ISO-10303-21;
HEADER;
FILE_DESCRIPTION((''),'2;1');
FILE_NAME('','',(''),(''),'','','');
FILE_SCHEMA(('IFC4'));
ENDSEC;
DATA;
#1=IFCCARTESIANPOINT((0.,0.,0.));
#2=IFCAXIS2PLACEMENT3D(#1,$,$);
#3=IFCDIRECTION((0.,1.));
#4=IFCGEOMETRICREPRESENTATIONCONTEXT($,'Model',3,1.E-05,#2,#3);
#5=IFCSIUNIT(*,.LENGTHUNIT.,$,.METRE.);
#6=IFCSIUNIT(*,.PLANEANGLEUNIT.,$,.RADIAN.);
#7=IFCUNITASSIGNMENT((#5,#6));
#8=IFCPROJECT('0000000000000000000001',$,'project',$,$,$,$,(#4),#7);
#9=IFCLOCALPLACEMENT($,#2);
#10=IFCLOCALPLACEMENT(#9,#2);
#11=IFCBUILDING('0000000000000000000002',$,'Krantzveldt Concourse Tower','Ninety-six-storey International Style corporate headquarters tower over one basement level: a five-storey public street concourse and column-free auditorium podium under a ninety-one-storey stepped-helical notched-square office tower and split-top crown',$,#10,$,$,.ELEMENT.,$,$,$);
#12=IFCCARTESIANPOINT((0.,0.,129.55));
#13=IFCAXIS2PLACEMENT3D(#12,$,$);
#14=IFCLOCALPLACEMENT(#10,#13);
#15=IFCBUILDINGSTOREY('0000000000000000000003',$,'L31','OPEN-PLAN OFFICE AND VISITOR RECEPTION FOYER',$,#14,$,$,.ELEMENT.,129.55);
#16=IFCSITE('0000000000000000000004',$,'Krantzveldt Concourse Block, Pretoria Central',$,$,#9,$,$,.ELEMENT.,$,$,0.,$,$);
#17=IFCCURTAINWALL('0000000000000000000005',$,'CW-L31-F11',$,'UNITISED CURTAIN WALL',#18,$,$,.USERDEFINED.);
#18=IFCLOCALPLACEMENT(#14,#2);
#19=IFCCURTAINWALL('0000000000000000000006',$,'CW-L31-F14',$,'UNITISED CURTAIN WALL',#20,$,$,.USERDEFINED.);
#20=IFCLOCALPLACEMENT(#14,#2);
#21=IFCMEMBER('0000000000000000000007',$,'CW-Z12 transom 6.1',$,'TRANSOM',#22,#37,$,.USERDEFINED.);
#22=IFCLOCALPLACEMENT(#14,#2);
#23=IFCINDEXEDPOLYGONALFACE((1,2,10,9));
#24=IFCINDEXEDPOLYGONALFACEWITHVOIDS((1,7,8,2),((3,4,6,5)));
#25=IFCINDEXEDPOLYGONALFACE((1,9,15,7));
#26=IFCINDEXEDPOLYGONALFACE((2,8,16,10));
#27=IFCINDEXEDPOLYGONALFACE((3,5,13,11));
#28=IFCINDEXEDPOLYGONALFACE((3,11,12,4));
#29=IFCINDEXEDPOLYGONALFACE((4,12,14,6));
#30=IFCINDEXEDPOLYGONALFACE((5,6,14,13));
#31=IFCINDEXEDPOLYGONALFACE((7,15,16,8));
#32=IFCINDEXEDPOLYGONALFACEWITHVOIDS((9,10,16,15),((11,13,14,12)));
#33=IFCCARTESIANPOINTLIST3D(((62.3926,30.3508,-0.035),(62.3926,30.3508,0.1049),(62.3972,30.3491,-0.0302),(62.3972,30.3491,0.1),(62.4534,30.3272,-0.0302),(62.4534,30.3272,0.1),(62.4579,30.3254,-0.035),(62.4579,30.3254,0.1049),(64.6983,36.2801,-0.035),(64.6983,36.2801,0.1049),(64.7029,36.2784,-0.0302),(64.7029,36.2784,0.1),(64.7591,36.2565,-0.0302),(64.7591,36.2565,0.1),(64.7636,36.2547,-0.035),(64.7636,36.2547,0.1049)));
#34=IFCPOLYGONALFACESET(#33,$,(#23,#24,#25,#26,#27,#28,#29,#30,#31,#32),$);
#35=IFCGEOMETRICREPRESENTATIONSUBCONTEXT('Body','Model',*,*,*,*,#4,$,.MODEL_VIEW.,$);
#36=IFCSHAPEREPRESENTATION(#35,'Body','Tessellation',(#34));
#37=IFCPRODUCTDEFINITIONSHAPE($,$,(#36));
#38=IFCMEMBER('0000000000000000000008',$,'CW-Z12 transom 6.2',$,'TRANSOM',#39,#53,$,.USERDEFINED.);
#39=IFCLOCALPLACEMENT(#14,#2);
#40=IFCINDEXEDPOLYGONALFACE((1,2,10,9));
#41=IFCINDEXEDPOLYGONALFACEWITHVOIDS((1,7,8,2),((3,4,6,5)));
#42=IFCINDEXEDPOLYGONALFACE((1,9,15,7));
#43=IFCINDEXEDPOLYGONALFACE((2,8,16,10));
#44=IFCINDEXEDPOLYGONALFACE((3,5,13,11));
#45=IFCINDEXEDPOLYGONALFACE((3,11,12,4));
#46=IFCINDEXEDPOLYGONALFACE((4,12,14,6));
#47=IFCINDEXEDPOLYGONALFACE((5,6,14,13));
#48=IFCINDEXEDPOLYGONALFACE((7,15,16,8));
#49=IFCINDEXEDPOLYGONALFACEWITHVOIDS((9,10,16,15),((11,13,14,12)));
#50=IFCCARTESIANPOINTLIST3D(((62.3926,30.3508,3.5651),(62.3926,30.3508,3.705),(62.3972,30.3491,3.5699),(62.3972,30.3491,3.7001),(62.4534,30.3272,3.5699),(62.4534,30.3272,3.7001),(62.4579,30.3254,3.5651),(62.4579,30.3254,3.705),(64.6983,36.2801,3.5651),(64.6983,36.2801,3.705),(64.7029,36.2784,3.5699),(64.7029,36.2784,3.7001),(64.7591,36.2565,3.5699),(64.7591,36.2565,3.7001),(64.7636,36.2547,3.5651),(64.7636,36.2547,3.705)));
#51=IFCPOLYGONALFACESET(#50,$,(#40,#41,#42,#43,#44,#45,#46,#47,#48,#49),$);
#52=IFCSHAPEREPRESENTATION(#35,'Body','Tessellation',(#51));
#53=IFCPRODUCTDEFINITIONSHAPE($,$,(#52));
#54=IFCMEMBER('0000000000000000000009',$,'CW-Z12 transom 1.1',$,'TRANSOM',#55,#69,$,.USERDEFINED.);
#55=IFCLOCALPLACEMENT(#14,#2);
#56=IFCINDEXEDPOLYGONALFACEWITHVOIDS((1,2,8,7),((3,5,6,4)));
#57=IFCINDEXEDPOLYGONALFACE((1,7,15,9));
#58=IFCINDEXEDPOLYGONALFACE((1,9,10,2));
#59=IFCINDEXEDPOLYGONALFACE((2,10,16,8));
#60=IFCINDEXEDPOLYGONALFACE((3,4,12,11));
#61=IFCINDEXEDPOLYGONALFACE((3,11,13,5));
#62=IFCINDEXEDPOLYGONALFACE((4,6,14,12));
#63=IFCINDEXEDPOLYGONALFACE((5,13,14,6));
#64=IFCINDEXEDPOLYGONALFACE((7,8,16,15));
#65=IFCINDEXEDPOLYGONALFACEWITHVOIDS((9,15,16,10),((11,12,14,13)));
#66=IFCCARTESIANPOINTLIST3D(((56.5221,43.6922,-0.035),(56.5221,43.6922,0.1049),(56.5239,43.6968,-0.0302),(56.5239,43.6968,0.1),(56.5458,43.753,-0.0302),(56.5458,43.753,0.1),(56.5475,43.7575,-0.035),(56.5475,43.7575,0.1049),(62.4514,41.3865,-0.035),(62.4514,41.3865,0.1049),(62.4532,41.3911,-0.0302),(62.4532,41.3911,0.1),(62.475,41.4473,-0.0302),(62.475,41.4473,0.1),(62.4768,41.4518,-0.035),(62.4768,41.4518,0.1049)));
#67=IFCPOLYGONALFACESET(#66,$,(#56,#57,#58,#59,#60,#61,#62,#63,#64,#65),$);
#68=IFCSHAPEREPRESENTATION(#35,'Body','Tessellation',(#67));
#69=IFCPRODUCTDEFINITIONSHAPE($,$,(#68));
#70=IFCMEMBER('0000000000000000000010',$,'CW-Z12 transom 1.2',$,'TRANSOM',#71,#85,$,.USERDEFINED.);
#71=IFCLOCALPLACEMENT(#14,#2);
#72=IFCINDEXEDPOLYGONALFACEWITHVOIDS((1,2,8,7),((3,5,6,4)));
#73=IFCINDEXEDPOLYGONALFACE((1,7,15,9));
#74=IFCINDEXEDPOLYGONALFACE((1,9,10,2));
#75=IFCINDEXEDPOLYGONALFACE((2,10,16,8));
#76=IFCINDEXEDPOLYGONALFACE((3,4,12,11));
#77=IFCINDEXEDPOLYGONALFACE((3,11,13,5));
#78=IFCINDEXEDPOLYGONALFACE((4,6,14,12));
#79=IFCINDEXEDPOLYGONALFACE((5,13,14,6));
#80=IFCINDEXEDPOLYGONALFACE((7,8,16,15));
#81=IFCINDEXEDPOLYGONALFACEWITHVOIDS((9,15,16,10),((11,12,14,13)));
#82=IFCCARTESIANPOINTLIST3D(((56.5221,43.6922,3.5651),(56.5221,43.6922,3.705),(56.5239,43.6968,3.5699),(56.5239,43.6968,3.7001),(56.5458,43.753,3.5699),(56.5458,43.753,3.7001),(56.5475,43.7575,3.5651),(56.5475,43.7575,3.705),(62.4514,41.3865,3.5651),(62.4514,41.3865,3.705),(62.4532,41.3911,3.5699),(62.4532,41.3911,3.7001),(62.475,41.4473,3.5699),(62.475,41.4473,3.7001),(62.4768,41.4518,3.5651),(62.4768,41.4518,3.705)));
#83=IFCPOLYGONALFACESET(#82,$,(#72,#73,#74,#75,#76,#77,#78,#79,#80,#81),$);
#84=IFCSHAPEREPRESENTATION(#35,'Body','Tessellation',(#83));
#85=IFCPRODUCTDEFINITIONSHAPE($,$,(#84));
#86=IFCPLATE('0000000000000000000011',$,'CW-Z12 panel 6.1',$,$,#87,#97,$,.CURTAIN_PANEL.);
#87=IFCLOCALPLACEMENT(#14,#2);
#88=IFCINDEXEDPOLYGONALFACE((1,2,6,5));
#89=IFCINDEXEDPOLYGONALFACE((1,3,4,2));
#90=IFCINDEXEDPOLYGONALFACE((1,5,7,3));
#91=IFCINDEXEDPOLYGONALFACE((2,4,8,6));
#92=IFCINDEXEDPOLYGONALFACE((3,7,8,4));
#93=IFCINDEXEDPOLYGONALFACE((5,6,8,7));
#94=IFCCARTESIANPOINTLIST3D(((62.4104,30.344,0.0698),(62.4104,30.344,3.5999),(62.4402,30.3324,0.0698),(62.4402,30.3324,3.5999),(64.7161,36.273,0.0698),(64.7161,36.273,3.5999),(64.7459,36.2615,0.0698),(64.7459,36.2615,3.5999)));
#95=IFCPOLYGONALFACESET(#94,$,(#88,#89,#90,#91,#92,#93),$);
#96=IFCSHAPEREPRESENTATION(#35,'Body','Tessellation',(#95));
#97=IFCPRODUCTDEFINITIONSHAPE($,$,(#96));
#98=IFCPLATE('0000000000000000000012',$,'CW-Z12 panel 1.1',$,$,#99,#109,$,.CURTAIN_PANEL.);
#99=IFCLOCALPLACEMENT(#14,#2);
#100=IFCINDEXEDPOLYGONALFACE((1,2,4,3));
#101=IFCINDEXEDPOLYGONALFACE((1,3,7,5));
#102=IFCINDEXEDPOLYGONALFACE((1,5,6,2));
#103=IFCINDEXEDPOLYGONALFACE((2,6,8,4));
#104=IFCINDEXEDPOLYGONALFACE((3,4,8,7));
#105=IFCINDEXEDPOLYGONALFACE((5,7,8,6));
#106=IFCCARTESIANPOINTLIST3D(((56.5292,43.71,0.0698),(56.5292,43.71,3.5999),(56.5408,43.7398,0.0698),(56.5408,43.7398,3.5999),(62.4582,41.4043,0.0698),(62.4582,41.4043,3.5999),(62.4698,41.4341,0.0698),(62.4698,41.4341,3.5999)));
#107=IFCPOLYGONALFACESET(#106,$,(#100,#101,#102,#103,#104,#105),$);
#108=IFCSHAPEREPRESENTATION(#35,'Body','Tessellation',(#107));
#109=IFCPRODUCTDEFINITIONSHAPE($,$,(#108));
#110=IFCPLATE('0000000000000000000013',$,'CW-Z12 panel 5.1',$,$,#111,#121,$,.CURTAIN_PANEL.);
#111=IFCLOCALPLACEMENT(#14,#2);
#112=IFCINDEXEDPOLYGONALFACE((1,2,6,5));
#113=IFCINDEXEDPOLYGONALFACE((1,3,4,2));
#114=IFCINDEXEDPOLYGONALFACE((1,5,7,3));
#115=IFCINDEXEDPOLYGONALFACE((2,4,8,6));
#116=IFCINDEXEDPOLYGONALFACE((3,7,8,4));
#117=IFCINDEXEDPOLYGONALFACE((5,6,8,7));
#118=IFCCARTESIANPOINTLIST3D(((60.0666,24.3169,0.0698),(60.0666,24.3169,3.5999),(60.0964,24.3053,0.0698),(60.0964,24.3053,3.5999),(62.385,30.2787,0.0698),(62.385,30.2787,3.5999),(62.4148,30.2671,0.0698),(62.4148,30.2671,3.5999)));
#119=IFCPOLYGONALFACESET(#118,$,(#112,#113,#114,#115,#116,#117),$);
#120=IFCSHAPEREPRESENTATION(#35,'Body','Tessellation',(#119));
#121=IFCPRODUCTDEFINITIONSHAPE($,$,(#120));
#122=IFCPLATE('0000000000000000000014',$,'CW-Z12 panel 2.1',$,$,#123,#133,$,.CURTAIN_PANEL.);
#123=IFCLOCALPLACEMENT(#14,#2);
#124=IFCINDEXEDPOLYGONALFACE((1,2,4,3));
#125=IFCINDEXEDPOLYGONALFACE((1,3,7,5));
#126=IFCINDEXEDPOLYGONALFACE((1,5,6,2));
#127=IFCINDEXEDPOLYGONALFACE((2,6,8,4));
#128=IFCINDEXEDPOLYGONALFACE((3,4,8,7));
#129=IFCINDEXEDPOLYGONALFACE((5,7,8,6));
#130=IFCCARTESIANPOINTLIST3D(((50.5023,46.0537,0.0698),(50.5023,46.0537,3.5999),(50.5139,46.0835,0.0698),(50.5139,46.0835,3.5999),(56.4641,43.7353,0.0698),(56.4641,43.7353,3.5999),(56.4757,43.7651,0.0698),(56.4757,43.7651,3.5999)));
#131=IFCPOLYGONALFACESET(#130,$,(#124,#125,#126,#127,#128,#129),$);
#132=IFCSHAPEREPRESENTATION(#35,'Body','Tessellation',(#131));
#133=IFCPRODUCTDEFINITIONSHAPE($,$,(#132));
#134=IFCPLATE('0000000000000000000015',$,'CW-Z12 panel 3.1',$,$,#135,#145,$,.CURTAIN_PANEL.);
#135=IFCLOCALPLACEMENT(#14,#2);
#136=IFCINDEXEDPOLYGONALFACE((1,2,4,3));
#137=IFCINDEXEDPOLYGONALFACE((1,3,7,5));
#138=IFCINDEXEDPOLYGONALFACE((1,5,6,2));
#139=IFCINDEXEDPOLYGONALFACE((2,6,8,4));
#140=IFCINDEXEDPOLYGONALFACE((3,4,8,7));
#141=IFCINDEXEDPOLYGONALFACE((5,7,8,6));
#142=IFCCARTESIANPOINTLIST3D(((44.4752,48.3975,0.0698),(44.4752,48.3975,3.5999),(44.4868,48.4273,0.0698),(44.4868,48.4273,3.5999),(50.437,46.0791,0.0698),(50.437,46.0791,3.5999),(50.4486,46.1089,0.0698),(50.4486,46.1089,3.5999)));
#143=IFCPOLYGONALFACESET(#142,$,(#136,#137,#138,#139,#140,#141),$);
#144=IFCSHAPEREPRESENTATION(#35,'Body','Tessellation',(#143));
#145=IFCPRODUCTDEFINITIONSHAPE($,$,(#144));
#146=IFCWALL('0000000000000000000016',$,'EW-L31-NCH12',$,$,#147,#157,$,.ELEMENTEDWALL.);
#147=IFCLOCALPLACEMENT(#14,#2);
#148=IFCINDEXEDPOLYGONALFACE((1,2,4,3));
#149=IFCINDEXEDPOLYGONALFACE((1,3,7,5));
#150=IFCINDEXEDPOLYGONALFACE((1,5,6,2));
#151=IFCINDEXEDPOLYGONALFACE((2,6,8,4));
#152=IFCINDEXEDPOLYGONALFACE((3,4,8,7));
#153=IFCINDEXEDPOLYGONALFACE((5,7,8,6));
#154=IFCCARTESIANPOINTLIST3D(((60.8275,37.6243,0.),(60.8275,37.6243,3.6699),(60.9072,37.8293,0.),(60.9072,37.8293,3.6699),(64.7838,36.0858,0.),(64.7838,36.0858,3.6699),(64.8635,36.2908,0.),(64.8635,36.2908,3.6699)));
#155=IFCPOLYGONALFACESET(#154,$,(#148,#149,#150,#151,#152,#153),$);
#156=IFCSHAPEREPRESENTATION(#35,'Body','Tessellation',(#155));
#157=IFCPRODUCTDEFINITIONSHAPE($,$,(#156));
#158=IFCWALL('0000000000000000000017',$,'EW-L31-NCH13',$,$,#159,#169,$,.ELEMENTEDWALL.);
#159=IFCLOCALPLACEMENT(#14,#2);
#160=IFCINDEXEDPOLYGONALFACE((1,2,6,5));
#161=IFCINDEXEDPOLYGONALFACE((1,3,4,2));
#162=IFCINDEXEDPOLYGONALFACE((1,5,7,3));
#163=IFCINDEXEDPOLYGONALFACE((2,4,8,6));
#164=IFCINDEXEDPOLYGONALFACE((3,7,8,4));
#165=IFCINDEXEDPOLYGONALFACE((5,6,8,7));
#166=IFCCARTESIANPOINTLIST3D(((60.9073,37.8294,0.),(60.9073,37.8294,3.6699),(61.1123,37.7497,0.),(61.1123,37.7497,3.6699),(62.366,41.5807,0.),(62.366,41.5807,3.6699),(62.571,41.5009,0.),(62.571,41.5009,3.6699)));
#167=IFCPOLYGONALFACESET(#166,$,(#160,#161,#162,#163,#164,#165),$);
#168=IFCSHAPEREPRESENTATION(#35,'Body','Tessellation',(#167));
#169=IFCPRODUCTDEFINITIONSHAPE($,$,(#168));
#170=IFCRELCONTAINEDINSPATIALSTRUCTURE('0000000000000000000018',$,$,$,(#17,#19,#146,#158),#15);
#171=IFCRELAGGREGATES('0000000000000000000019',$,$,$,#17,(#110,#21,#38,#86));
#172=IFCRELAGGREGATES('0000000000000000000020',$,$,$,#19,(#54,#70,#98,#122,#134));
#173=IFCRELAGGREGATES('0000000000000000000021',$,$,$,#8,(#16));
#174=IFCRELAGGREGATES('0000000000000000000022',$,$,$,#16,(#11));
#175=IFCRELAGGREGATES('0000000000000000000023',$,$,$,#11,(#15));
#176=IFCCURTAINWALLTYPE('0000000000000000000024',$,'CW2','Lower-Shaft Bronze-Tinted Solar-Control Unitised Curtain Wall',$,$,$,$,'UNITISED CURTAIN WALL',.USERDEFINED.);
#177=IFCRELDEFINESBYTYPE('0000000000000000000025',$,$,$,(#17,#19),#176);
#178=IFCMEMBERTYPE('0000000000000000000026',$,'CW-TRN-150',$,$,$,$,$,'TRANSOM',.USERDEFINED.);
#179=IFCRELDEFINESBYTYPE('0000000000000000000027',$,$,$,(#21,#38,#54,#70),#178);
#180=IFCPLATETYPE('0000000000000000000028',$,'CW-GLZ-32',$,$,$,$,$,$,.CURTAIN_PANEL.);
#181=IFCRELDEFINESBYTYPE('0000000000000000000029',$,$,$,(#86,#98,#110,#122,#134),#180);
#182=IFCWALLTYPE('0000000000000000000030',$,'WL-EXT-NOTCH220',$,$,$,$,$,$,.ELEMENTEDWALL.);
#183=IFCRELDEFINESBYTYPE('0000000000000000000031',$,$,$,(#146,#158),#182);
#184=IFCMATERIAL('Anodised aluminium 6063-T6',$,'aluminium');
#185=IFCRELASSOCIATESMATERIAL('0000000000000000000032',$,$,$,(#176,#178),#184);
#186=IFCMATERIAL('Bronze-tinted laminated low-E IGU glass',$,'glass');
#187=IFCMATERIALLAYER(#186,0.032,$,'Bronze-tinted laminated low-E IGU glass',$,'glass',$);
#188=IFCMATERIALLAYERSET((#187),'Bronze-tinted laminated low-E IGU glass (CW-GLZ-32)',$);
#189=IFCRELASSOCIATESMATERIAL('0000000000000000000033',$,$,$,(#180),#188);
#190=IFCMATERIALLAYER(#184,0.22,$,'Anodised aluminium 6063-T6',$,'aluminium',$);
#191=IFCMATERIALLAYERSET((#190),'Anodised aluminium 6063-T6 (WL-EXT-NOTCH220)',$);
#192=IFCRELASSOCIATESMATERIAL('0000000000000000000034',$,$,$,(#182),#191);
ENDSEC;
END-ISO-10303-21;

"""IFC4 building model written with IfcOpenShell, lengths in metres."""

from ifc_helpers import new_model, si_unit, direction, frame, frame_2d, origin, origin_2d, place, context, subcontext, project, spatial, rectangle, hollow_rectangle, extrude, source, transform, mapped, material, layer, layer_set, material_profile, profile_set, type_object, type_shapes, element, aggregate, save


model = new_model("IFC4")

# Units and contexts
model_context = context("Model", 3, precision=1e-05, world=origin(), true_north=direction((0.0, 1.0)))
body_context = subcontext(model_context, "Body", "Model", "MODEL_VIEW")
ifc_project = project(units=[si_unit("LENGTHUNIT", "METRE"), si_unit("PLANEANGLEUNIT", "RADIAN")], contexts=[model_context])

# Site, building, storey
site_placement = place(None, origin())
site = spatial("IfcSite", under=ifc_project, at=site_placement, Name="Krantzveldt Concourse Block, Pretoria Central", CompositionType="ELEMENT", RefElevation=0.0)
building_placement = place(site_placement, origin())
building = spatial("IfcBuilding", under=site, at=building_placement, Name="Krantzveldt Concourse Tower", Description="Ninety-six-storey International Style corporate headquarters tower over one basement level: a five-storey public street concourse and column-free auditorium podium under a ninety-one-storey stepped-helical notched-square office tower and split-top crown", CompositionType="ELEMENT")
storey_placement = place(building_placement, frame((0.0, 0.0, 129.55)))
storey = spatial("IfcBuildingStorey", under=building, at=storey_placement, Name="L31", Description="OPEN-PLAN OFFICE AND VISITOR RECEPTION FOYER", CompositionType="ELEMENT", Elevation=129.55)

# Curtain walls
ifc_material_1 = material(Name="Anodised aluminium 6063-T6", Category="aluminium")
curtain_wall_type = type_object("IfcCurtainWallType", Name="CW2", Description="Lower-Shaft Bronze-Tinted Solar-Control Unitised Curtain Wall", ElementType="UNITISED CURTAIN WALL", PredefinedType="USERDEFINED", material=ifc_material_1)
curtain_wall_1_placement = place(storey_placement, origin())
curtain_wall_1 = element("IfcCurtainWall", 1, at=curtain_wall_1_placement, inside=storey, type_object=curtain_wall_type, Name="CW-L31-F11", ObjectType="UNITISED CURTAIN WALL", PredefinedType="USERDEFINED")
curtain_wall_2_placement = place(storey_placement, origin())
curtain_wall_2 = element("IfcCurtainWall", 2, at=curtain_wall_2_placement, inside=storey, type_object=curtain_wall_type, Name="CW-L31-F14", ObjectType="UNITISED CURTAIN WALL", PredefinedType="USERDEFINED")
ifc_material_profile_1 = material_profile(ifc_material_1, hollow_rectangle(XDim=0.0701, YDim=0.1399, WallThickness=0.0049, at=origin_2d()), Name="Anodised aluminium 6063-T6", Category="aluminium")
ifc_profile_set_1 = profile_set([ifc_material_profile_1], Name="Anodised aluminium 6063-T6 - ALU-TRAN 140x70x5")
member_type_1 = type_object("IfcMemberType", Name="CW-TRN-150", ElementType="TRANSOM", PredefinedType="USERDEFINED", material=ifc_profile_set_1)

# Members
shared_shape_1 = source(origin(), body_context, "Body", "SweptSolid", [
    extrude(hollow_rectangle(XDim=0.0701, YDim=0.1399, WallThickness=0.0049, at=origin_2d()), origin(), (0.0, 0.0, 1.0), 6.3618),
])
member_1_placement = place(storey_placement, frame((62.4253, 30.3381, 0.0349), z_axis=(0.362428, 0.932012, 0.0), x_axis=(-0.932012, 0.362428, 0.0)))
member_1 = element("IfcMember", 3, at=member_1_placement, type_object=member_type_1, Name="CW-Z12 transom 6.1", ObjectType="TRANSOM", PredefinedType="USERDEFINED", context=body_context, shape_type="MappedRepresentation", body=[
    mapped(shared_shape_1, transform((0.0, 0.0, 0.0), x_axis=(1.0, 0.0, 0.0), y_axis=(0.0, 1.0, 0.0), z_axis=(0.0, 0.0, 1.0), scale=1.0)),
])
member_2_placement = place(storey_placement, frame((62.4253, 30.3381, 3.635), z_axis=(0.362428, 0.932012, 0.0), x_axis=(-0.932012, 0.362428, 0.0)))
member_2 = element("IfcMember", 4, at=member_2_placement, type_object=member_type_1, Name="CW-Z12 transom 6.2", ObjectType="TRANSOM", PredefinedType="USERDEFINED", context=body_context, shape_type="MappedRepresentation", body=[
    mapped(shared_shape_1, transform((0.0, 0.0, 0.0), x_axis=(1.0, 0.0, 0.0), y_axis=(0.0, 1.0, 0.0), z_axis=(0.0, 0.0, 1.0), scale=1.0)),
])
member_3_placement = place(storey_placement, frame((62.4641, 41.4192, 0.0349), z_axis=(-0.932012, 0.362428, 0.0), x_axis=(-0.362428, -0.932012, 0.0)))
member_3 = element("IfcMember", 5, at=member_3_placement, type_object=member_type_1, Name="CW-Z12 transom 1.1", ObjectType="TRANSOM", PredefinedType="USERDEFINED", context=body_context, shape_type="MappedRepresentation", body=[
    mapped(shared_shape_1, transform((0.0, 0.0, 0.0), x_axis=(1.0, 0.0, 0.0), y_axis=(0.0, 1.0, 0.0), z_axis=(0.0, 0.0, 1.0), scale=1.0)),
])
member_4_placement = place(storey_placement, frame((62.4641, 41.4192, 3.635), z_axis=(-0.932012, 0.362428, 0.0), x_axis=(-0.362428, -0.932012, 0.0)))
member_4 = element("IfcMember", 6, at=member_4_placement, type_object=member_type_1, Name="CW-Z12 transom 1.2", ObjectType="TRANSOM", PredefinedType="USERDEFINED", context=body_context, shape_type="MappedRepresentation", body=[
    mapped(shared_shape_1, transform((0.0, 0.0, 0.0), x_axis=(1.0, 0.0, 0.0), y_axis=(0.0, 1.0, 0.0), z_axis=(0.0, 0.0, 1.0), scale=1.0)),
])

# Plates
ifc_material_2 = material(Name="Bronze-tinted laminated low-E IGU glass", Category="glass")
ifc_layer_1 = layer(ifc_material_2, 0.032, Name="Bronze-tinted laminated low-E IGU glass", Category="glass")
ifc_layer_set_1 = layer_set([ifc_layer_1], Name="Bronze-tinted laminated low-E IGU glass (CW-GLZ-32)")
plate_type = type_object("IfcPlateType", Name="CW-GLZ-32", PredefinedType="CURTAIN_PANEL", material=ifc_layer_set_1)
shared_shape_2 = source(origin(), body_context, "Body", "SweptSolid", [
    extrude(rectangle(XDim=6.3616, YDim=0.032, at=origin_2d()), origin(), (0.0, 0.0, 1.0), 3.53),
])
plate_1_placement = place(storey_placement, frame((63.5781, 33.3027, 0.0698), z_axis=(0.0, 0.0, 1.0), x_axis=(0.362438, 0.932008, 0.0)))
plate_1 = element("IfcPlate", 7, at=plate_1_placement, type_object=plate_type, Name="CW-Z12 panel 6.1", PredefinedType="CURTAIN_PANEL", context=body_context, shape_type="MappedRepresentation", body=[
    mapped(shared_shape_2, transform((0.0, 0.0, 0.0), x_axis=(1.0, 0.0, 0.0), y_axis=(0.0, 1.0, 0.0), z_axis=(0.0, 0.0, 1.0), scale=1.0)),
])
plate_2_placement = place(storey_placement, frame((59.4995, 42.572, 0.0698), z_axis=(0.0, 0.0, 1.0), x_axis=(-0.932008, 0.362438, 0.0)))
plate_2 = element("IfcPlate", 8, at=plate_2_placement, type_object=plate_type, Name="CW-Z12 panel 1.1", PredefinedType="CURTAIN_PANEL", context=body_context, shape_type="MappedRepresentation", body=[
    mapped(shared_shape_2, transform((0.0, 0.0, 0.0), x_axis=(1.0, 0.0, 0.0), y_axis=(0.0, 1.0, 0.0), z_axis=(0.0, 0.0, 1.0), scale=1.0)),
])
shared_shape_3 = source(origin(), body_context, "Body", "SweptSolid", [
    extrude(rectangle(XDim=6.3967, YDim=0.032, at=origin_2d()), origin(), (0.0, 0.0, 1.0), 3.53),
])
type_shapes(plate_type, [shared_shape_2, shared_shape_3])
plate_3_placement = place(storey_placement, frame((61.2407, 27.292, 0.0698), z_axis=(0.0, 0.0, 1.0), x_axis=(0.362438, 0.932008, 0.0)))
plate_3 = element("IfcPlate", 9, at=plate_3_placement, type_object=plate_type, Name="CW-Z12 panel 5.1", PredefinedType="CURTAIN_PANEL", context=body_context, shape_type="MappedRepresentation", body=[
    mapped(shared_shape_3, transform((0.0, 0.0, 0.0), x_axis=(1.0, 0.0, 0.0), y_axis=(0.0, 1.0, 0.0), z_axis=(0.0, 0.0, 1.0), scale=1.0)),
])
aggregate(curtain_wall_1, [plate_3, member_1, member_2, plate_1])
plate_4_placement = place(storey_placement, frame((53.489, 44.9094, 0.0698), z_axis=(0.0, 0.0, 1.0), x_axis=(-0.932008, 0.362438, 0.0)))
plate_4 = element("IfcPlate", 10, at=plate_4_placement, type_object=plate_type, Name="CW-Z12 panel 2.1", PredefinedType="CURTAIN_PANEL", context=body_context, shape_type="MappedRepresentation", body=[
    mapped(shared_shape_3, transform((0.0, 0.0, 0.0), x_axis=(1.0, 0.0, 0.0), y_axis=(0.0, 1.0, 0.0), z_axis=(0.0, 0.0, 1.0), scale=1.0)),
])
plate_5_placement = place(storey_placement, frame((47.4619, 47.2532, 0.0698), z_axis=(0.0, 0.0, 1.0), x_axis=(-0.932008, 0.362438, 0.0)))
plate_5 = element("IfcPlate", 11, at=plate_5_placement, type_object=plate_type, Name="CW-Z12 panel 3.1", PredefinedType="CURTAIN_PANEL", context=body_context, shape_type="MappedRepresentation", body=[
    mapped(shared_shape_3, transform((0.0, 0.0, 0.0), x_axis=(1.0, 0.0, 0.0), y_axis=(0.0, 1.0, 0.0), z_axis=(0.0, 0.0, 1.0), scale=1.0)),
])
aggregate(curtain_wall_2, [member_3, member_4, plate_2, plate_4, plate_5])

# Walls
ifc_layer_2 = layer(ifc_material_1, 0.22, Name="Anodised aluminium 6063-T6", Category="aluminium")
ifc_layer_set_2 = layer_set([ifc_layer_2], Name="Anodised aluminium 6063-T6 (WL-EXT-NOTCH220)")
wall_type = type_object("IfcWallType", Name="WL-EXT-NOTCH220", PredefinedType="ELEMENTEDWALL", material=ifc_layer_set_2)
wall_1_placement = place(storey_placement, frame((64.8237, 36.1882, 0.0), z_axis=(0.0, 0.0, 1.0), x_axis=(-0.932004, 0.362449, 0.0)))
element("IfcWall", 12, at=wall_1_placement, inside=storey, type_object=wall_type, Name="EW-L31-NCH12", PredefinedType="ELEMENTEDWALL", context=body_context, shape_type="SweptSolid", body=[
    extrude(rectangle(XDim=4.2449, YDim=0.22, at=frame_2d((2.1226, 0.0))), origin(), (0.0, 0.0, 1.0), 3.6699),
])
wall_2_placement = place(storey_placement, frame((61.0098, 37.7896, 0.0), z_axis=(0.0, 0.0, 1.0), x_axis=(0.362432, 0.93201, 0.0)))
element("IfcWall", 13, at=wall_2_placement, inside=storey, type_object=wall_type, Name="EW-L31-NCH13", PredefinedType="ELEMENTEDWALL", context=body_context, shape_type="SweptSolid", body=[
    extrude(rectangle(XDim=4.0249, YDim=0.22, at=frame_2d((2.0125, 0.0))), origin(), (0.0, 0.0, 1.0), 3.6699),
])

save(model, "model.ifc")
